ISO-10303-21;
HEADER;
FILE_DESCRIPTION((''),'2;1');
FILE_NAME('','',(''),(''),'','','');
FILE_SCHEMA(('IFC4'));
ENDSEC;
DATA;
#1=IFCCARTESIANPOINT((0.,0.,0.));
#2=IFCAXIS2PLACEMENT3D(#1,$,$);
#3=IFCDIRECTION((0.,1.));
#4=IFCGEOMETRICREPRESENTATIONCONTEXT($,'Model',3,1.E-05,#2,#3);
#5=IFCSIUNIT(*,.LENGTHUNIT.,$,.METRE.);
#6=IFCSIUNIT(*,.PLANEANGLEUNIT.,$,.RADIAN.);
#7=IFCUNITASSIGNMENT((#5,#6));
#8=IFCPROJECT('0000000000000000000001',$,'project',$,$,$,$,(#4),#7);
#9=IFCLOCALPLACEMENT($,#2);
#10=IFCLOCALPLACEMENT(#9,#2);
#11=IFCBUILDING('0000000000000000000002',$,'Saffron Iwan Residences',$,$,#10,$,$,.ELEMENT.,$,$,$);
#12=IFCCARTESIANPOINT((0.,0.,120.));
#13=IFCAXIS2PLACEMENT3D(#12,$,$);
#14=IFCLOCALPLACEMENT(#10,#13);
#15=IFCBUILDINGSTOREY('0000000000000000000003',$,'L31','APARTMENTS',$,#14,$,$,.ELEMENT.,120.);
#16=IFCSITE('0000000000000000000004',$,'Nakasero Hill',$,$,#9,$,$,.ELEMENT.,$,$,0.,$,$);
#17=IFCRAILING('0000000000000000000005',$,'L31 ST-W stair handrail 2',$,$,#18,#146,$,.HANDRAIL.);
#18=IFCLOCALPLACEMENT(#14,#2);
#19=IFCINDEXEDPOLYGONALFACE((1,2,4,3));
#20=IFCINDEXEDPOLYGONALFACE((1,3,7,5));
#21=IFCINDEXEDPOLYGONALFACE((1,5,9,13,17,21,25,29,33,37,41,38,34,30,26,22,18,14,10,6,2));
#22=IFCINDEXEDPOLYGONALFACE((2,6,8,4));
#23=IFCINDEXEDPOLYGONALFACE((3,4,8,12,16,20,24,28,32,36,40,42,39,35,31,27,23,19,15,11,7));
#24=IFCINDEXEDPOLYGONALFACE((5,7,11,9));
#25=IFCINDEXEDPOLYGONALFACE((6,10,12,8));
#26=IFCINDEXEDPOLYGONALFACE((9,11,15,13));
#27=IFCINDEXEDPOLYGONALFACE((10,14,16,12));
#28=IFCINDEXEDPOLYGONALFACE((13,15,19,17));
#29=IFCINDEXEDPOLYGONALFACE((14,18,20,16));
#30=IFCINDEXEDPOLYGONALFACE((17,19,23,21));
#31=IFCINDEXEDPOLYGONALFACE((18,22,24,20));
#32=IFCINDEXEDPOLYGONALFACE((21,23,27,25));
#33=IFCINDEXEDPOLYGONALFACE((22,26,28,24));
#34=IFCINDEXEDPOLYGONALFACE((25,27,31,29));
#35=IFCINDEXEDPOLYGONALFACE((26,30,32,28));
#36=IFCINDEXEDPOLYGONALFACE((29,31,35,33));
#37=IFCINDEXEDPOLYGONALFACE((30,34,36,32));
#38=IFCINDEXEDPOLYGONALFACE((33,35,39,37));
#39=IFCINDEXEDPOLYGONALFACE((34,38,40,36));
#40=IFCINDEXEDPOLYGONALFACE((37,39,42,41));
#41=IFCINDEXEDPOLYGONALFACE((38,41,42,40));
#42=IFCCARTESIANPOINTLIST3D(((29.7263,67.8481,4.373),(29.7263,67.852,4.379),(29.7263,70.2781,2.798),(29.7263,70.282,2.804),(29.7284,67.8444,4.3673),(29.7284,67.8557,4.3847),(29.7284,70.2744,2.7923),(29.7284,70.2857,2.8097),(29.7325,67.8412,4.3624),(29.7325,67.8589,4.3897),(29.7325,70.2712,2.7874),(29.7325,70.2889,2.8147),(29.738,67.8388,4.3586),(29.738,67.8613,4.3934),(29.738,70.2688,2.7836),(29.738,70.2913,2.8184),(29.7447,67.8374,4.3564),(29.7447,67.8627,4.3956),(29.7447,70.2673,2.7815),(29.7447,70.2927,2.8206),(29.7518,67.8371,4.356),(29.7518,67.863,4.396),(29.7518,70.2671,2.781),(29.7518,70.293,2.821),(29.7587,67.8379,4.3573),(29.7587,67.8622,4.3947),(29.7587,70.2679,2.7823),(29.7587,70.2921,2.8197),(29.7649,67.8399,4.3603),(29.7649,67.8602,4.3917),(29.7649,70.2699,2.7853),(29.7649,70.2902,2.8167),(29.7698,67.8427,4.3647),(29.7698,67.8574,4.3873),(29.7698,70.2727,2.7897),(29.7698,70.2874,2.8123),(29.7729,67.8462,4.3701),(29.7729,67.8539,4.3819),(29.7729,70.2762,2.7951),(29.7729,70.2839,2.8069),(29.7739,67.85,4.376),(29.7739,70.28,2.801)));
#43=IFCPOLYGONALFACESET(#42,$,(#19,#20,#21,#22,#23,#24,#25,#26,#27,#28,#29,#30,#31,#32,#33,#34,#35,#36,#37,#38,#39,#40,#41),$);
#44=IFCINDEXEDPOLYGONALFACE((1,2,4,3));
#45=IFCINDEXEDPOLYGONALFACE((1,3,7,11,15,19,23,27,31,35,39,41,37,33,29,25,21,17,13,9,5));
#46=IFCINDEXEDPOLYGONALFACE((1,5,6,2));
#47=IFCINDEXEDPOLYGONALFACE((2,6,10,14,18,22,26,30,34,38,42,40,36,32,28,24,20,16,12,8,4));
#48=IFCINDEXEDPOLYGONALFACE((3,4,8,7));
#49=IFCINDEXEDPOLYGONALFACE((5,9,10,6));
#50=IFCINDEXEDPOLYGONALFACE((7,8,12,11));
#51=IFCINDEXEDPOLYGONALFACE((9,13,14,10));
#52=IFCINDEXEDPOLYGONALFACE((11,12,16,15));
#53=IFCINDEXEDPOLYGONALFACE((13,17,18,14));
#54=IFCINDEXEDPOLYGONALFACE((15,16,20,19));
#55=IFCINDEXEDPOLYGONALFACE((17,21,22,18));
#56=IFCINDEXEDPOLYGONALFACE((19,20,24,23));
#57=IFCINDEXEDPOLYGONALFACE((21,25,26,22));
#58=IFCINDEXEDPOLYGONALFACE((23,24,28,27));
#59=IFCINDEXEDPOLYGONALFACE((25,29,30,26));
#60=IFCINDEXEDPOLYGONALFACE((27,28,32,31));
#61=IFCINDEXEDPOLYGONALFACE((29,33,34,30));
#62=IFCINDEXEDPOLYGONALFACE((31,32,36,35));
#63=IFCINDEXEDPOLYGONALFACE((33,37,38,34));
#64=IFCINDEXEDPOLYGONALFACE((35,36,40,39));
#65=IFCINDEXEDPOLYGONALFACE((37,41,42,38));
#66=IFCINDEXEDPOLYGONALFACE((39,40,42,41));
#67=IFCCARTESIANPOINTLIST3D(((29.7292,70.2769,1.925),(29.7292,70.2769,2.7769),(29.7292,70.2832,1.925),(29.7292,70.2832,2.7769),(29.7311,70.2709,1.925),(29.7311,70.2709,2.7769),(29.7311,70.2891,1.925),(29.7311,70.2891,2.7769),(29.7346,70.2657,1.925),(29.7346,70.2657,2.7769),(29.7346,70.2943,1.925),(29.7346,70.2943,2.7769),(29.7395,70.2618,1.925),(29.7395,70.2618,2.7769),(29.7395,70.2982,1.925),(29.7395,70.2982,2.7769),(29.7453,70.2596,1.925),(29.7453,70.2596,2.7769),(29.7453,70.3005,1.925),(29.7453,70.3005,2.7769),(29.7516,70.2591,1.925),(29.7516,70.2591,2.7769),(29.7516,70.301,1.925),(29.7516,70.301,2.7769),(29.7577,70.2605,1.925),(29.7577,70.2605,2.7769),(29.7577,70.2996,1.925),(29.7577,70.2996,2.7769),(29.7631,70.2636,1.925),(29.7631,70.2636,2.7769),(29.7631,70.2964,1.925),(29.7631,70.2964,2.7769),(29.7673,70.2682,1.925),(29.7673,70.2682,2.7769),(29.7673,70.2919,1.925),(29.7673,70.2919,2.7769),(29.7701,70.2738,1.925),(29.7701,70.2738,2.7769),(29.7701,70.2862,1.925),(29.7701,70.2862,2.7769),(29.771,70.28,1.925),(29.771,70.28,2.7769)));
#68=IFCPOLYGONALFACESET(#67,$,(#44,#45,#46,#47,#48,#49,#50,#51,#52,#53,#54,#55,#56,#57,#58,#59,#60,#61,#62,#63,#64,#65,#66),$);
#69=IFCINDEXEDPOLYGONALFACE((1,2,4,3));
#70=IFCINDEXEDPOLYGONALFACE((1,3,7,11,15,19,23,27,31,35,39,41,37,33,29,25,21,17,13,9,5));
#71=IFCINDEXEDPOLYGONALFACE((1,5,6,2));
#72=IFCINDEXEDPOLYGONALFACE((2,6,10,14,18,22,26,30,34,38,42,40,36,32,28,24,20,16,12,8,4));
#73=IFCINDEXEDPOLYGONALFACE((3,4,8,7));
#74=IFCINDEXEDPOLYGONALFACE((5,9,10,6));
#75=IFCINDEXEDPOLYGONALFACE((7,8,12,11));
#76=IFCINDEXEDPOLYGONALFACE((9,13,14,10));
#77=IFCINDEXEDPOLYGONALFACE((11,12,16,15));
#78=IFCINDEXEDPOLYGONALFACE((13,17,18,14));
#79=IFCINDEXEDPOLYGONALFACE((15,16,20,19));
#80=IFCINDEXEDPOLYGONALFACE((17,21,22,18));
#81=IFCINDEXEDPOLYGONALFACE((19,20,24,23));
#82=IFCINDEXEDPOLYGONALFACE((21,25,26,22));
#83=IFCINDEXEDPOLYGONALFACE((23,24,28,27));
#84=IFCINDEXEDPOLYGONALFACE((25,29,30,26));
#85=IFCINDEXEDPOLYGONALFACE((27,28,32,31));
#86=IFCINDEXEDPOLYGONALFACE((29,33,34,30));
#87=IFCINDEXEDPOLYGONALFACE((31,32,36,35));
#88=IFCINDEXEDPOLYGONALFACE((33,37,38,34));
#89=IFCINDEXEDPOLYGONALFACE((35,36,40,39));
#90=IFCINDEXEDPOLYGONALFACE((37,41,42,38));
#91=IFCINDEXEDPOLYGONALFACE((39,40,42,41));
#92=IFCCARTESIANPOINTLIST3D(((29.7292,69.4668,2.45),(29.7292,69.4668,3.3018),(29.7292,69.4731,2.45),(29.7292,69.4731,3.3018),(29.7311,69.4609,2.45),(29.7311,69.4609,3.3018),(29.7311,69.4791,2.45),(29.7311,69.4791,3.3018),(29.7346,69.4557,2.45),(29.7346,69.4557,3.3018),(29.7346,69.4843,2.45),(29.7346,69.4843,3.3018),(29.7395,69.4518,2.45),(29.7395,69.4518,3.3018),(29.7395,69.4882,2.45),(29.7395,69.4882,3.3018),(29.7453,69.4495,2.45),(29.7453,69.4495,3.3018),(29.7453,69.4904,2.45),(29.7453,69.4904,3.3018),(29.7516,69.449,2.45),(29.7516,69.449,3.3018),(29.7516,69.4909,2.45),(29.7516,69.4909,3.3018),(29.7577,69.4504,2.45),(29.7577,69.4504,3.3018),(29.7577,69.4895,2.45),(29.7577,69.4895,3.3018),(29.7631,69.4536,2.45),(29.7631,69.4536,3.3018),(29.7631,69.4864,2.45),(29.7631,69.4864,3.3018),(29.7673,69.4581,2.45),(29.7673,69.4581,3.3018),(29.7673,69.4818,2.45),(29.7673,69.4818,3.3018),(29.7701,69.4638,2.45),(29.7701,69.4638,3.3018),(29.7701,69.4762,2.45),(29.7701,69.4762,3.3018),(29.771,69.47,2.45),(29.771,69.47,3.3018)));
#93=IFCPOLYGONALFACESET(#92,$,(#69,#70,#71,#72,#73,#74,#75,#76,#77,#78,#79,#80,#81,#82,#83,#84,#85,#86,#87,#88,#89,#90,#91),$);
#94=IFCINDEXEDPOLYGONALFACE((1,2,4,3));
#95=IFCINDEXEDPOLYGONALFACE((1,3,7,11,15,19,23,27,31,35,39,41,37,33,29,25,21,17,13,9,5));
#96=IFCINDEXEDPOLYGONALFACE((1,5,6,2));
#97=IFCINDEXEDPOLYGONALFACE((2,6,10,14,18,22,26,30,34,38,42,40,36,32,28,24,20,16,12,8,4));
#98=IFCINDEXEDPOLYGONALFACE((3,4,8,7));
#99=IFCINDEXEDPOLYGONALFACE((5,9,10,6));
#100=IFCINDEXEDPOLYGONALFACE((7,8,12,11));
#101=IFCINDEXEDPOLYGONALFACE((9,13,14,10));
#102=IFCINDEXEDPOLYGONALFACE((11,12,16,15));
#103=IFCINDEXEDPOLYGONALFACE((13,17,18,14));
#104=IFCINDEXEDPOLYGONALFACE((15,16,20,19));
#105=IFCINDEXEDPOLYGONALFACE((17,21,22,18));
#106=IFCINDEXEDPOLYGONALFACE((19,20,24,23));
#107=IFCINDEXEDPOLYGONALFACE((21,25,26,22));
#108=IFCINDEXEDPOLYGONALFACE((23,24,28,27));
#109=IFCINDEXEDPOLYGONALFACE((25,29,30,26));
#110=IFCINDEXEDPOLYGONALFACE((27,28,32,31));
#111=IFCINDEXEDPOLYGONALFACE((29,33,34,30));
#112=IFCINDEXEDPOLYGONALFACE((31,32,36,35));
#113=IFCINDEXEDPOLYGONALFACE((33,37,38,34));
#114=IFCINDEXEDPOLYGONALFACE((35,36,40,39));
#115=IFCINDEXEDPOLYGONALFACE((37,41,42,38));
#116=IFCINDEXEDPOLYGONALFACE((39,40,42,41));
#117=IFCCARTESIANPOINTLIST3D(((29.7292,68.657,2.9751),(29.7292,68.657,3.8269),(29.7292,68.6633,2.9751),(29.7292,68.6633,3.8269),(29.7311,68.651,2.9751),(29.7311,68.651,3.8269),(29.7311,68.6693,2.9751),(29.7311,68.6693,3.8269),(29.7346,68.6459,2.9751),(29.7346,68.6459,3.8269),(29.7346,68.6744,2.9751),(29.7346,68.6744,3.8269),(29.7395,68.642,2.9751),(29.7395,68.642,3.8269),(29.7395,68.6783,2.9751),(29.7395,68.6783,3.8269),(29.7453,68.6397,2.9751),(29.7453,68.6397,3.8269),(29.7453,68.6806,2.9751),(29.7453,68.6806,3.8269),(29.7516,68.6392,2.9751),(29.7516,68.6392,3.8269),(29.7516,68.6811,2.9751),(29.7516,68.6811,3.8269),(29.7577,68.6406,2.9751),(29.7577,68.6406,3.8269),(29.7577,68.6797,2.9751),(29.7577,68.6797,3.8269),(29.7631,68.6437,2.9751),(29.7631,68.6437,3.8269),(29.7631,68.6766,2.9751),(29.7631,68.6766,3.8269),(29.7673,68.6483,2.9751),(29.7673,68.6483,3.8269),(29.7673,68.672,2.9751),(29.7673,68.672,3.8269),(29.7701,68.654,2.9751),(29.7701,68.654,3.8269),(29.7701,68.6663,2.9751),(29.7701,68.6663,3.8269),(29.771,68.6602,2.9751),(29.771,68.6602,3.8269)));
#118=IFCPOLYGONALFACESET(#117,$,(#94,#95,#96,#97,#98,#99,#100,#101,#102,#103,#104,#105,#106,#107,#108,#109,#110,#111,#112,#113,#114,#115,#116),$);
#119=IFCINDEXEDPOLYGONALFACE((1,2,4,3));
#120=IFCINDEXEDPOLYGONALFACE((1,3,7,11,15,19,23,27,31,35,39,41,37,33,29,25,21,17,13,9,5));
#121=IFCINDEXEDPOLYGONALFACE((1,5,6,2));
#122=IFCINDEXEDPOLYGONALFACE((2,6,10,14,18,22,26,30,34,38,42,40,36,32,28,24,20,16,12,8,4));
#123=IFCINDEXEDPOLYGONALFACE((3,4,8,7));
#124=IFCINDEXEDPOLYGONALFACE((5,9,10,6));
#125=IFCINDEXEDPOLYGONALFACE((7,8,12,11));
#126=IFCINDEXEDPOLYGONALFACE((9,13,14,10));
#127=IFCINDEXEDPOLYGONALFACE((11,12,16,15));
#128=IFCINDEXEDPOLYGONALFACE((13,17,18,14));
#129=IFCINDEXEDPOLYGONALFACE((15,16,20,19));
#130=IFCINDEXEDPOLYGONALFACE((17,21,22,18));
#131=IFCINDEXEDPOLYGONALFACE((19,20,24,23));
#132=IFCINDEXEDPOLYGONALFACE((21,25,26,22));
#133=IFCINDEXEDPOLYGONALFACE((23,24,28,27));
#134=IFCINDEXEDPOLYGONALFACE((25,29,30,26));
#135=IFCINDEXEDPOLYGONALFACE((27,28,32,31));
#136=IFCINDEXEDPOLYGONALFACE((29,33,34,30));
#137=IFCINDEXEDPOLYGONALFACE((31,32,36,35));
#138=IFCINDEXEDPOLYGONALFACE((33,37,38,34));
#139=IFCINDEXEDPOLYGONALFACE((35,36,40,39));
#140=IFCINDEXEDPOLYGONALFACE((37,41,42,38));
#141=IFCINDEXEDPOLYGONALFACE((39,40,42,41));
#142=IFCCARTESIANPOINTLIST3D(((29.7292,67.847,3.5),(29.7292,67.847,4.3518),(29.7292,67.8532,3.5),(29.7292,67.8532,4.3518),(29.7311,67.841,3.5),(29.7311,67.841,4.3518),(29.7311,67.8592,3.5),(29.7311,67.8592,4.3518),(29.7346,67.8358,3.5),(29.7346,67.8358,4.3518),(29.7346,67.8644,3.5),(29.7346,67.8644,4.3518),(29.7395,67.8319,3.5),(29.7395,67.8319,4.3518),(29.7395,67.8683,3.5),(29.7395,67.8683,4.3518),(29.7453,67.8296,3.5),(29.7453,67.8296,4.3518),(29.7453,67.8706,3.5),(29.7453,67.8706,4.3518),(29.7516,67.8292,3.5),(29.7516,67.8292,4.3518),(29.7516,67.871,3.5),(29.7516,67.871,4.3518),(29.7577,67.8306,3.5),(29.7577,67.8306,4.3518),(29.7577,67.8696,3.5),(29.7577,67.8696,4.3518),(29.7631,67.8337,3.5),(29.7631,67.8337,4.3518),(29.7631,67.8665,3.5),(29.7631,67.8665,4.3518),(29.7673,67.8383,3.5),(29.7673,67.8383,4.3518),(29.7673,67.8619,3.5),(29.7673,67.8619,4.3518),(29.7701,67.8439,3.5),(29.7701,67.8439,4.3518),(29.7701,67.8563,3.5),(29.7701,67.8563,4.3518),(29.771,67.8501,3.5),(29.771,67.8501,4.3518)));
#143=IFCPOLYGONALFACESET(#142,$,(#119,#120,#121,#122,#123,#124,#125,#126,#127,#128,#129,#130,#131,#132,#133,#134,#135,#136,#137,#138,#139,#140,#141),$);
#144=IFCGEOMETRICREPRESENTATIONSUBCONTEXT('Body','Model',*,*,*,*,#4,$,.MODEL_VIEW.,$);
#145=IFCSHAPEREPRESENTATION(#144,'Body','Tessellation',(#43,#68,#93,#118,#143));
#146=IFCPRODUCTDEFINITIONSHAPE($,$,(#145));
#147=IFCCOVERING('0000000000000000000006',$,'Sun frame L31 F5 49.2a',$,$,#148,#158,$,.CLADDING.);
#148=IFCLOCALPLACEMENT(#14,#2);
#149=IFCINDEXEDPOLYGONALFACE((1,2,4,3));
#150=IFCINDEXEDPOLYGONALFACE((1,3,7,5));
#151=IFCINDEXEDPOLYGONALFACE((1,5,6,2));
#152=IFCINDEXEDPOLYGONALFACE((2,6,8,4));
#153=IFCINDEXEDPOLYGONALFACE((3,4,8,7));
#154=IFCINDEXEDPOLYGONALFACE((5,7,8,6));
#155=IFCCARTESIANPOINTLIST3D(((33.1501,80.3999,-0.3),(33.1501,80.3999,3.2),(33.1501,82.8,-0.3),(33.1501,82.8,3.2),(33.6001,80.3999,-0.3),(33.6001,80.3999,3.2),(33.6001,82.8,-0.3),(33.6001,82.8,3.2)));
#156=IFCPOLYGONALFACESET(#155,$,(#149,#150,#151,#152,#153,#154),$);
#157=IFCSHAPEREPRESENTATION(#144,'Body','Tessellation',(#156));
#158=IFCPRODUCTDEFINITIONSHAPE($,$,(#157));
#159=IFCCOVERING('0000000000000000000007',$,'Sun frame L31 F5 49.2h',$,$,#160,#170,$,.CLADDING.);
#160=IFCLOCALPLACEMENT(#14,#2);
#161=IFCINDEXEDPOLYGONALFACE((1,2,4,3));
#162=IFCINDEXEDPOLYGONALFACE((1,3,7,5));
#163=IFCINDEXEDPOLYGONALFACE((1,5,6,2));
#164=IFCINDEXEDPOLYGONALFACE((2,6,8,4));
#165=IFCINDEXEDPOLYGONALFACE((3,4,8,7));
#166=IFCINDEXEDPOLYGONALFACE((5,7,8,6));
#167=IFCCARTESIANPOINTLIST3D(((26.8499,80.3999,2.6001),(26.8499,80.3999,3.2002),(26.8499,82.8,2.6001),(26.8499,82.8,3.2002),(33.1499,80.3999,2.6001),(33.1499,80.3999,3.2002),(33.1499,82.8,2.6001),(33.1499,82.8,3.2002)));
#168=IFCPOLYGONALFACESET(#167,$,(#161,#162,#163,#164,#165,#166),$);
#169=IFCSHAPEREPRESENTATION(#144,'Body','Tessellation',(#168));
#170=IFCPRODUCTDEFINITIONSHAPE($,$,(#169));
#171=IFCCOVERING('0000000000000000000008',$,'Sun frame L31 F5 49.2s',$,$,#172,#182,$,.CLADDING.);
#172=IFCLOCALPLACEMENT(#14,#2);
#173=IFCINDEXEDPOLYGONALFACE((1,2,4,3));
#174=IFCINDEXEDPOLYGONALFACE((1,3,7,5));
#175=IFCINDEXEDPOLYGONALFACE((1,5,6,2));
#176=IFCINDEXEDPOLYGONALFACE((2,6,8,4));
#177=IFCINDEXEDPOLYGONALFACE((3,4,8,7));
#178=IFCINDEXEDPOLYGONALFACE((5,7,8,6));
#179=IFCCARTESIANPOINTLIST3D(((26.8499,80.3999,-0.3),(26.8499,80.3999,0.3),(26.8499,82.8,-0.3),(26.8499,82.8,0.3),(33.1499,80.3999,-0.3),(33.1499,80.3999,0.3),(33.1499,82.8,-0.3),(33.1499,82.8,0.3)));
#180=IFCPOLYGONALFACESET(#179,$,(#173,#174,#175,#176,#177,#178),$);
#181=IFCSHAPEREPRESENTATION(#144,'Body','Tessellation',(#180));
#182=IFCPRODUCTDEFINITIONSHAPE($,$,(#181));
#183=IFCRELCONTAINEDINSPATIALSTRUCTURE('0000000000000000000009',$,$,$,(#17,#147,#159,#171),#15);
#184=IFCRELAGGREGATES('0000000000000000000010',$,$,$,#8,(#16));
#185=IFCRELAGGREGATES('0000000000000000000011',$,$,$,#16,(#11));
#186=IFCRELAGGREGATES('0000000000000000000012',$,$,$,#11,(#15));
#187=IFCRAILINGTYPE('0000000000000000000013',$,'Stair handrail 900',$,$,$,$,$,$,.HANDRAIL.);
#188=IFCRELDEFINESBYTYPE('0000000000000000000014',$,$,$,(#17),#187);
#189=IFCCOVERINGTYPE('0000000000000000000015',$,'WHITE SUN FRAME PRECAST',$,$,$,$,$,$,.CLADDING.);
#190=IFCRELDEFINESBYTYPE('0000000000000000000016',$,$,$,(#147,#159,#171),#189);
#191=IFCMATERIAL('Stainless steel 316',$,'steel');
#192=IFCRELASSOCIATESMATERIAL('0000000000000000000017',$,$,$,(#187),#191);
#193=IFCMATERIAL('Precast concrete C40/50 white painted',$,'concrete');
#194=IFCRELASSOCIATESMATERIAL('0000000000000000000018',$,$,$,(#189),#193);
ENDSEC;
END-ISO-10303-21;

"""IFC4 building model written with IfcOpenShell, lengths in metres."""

from ifc_helpers import new_model, si_unit, direction, frame, origin, origin_2d, place, context, subcontext, project, spatial, polyline, circle, outline, extrude, material, type_object, element, save


model = new_model("IFC4")

# Units and contexts
model_context = context("Model", 3, precision=1e-05, world=origin(), true_north=direction((0.0, 1.0)))
body_context = subcontext(model_context, "Body", "Model", "MODEL_VIEW")
ifc_project = project(units=[si_unit("LENGTHUNIT", "METRE"), si_unit("PLANEANGLEUNIT", "RADIAN")], contexts=[model_context])

# Site, building, storey
site_placement = place(None, origin())
site = spatial("IfcSite", under=ifc_project, at=site_placement, Name="Nakasero Hill", CompositionType="ELEMENT", RefElevation=0.0)
building_placement = place(site_placement, origin())
building = spatial("IfcBuilding", under=site, at=building_placement, Name="Saffron Iwan Residences", CompositionType="ELEMENT")
storey_placement = place(building_placement, frame((0.0, 0.0, 120.0)))
storey = spatial("IfcBuildingStorey", under=building, at=storey_placement, Name="L31", Description="APARTMENTS", CompositionType="ELEMENT", Elevation=120.0)

# Railing
ifc_material_1 = material(Name="Stainless steel 316", Category="steel")
railing_type_1 = type_object("IfcRailingType", Name="Stair handrail 900", PredefinedType="HANDRAIL", material=ifc_material_1)
railing_1_placement = place(storey_placement, frame((29.75, 70.28, 1.925)))
element("IfcRailing", 1, at=railing_1_placement, inside=storey, type_object=railing_type_1, Name="L31 ST-W stair handrail 2", PredefinedType="HANDRAIL", context=body_context, shape_type="SweptSolid", body=[
    extrude(circle(Radius=0.0239, at=origin_2d()), frame((0.0, 0.0, 0.876), z_axis=(0.0, -0.839154, 0.543894), x_axis=(1.0, 0.0, 0.0)), (0.0, 0.0, 1.0), 2.8958),
    extrude(circle(Radius=0.021, at=origin_2d()), origin(), (0.0, 0.0, 1.0), 0.8518),
    extrude(circle(Radius=0.021, at=origin_2d()), frame((0.0, -0.8101, 0.5249)), (0.0, 0.0, 1.0), 0.8518),
    extrude(circle(Radius=0.021, at=origin_2d()), frame((0.0, -1.6199, 1.05)), (0.0, 0.0, 1.0), 0.8518),
    extrude(circle(Radius=0.021, at=origin_2d()), frame((0.0, -2.4299, 1.575)), (0.0, 0.0, 1.0), 0.8518),
])

# Coverings
ifc_material_2 = material(Name="Precast concrete C40/50 white painted", Category="concrete")
covering_type = type_object("IfcCoveringType", Name="WHITE SUN FRAME PRECAST", PredefinedType="CLADDING", material=ifc_material_2)
covering_placement = place(storey_placement, frame((33.6001, 80.3999, -0.3), z_axis=(0.0, 1.0, 0.0), x_axis=(-1.0, 0.0, 0.0)))
element("IfcCovering", 2, at=covering_placement, inside=storey, type_object=covering_type, Name="Sun frame L31 F5 49.2a", PredefinedType="CLADDING", context=body_context, shape_type="SweptSolid", body=[
    extrude(outline(polyline([(0.0, 0.0), (0.45, 0.0), (0.45, 3.5), (0.0, 3.5), (0.0, 0.0)])), origin(), (0.0, 0.0, 1.0), 2.4001),
])
for number, where, z_axis, x_axis, name in (
    (3, (33.1499, 80.3999, 2.6001), (0.0, 1.0, 0.0), (-1.0, 0.0, 0.0), "Sun frame L31 F5 49.2h"),
    (4, (33.1499, 80.3999, -0.3), (0.0, 1.0, 0.0), (-1.0, 0.0, 0.0), "Sun frame L31 F5 49.2s"),
):
    element("IfcCovering", number, at=place(storey_placement, frame(where, z_axis=z_axis, x_axis=x_axis)), inside=storey, type_object=covering_type, Name=name, PredefinedType="CLADDING", context=body_context, shape_type="SweptSolid", body=[
        extrude(outline(polyline([(0.0, 0.0), (6.3, 0.0), (6.3, 0.6001), (0.0, 0.6001), (0.0, 0.0)])), origin(), (0.0, 0.0, 1.0), 2.4001),
    ])

save(model, "model.ifc")
